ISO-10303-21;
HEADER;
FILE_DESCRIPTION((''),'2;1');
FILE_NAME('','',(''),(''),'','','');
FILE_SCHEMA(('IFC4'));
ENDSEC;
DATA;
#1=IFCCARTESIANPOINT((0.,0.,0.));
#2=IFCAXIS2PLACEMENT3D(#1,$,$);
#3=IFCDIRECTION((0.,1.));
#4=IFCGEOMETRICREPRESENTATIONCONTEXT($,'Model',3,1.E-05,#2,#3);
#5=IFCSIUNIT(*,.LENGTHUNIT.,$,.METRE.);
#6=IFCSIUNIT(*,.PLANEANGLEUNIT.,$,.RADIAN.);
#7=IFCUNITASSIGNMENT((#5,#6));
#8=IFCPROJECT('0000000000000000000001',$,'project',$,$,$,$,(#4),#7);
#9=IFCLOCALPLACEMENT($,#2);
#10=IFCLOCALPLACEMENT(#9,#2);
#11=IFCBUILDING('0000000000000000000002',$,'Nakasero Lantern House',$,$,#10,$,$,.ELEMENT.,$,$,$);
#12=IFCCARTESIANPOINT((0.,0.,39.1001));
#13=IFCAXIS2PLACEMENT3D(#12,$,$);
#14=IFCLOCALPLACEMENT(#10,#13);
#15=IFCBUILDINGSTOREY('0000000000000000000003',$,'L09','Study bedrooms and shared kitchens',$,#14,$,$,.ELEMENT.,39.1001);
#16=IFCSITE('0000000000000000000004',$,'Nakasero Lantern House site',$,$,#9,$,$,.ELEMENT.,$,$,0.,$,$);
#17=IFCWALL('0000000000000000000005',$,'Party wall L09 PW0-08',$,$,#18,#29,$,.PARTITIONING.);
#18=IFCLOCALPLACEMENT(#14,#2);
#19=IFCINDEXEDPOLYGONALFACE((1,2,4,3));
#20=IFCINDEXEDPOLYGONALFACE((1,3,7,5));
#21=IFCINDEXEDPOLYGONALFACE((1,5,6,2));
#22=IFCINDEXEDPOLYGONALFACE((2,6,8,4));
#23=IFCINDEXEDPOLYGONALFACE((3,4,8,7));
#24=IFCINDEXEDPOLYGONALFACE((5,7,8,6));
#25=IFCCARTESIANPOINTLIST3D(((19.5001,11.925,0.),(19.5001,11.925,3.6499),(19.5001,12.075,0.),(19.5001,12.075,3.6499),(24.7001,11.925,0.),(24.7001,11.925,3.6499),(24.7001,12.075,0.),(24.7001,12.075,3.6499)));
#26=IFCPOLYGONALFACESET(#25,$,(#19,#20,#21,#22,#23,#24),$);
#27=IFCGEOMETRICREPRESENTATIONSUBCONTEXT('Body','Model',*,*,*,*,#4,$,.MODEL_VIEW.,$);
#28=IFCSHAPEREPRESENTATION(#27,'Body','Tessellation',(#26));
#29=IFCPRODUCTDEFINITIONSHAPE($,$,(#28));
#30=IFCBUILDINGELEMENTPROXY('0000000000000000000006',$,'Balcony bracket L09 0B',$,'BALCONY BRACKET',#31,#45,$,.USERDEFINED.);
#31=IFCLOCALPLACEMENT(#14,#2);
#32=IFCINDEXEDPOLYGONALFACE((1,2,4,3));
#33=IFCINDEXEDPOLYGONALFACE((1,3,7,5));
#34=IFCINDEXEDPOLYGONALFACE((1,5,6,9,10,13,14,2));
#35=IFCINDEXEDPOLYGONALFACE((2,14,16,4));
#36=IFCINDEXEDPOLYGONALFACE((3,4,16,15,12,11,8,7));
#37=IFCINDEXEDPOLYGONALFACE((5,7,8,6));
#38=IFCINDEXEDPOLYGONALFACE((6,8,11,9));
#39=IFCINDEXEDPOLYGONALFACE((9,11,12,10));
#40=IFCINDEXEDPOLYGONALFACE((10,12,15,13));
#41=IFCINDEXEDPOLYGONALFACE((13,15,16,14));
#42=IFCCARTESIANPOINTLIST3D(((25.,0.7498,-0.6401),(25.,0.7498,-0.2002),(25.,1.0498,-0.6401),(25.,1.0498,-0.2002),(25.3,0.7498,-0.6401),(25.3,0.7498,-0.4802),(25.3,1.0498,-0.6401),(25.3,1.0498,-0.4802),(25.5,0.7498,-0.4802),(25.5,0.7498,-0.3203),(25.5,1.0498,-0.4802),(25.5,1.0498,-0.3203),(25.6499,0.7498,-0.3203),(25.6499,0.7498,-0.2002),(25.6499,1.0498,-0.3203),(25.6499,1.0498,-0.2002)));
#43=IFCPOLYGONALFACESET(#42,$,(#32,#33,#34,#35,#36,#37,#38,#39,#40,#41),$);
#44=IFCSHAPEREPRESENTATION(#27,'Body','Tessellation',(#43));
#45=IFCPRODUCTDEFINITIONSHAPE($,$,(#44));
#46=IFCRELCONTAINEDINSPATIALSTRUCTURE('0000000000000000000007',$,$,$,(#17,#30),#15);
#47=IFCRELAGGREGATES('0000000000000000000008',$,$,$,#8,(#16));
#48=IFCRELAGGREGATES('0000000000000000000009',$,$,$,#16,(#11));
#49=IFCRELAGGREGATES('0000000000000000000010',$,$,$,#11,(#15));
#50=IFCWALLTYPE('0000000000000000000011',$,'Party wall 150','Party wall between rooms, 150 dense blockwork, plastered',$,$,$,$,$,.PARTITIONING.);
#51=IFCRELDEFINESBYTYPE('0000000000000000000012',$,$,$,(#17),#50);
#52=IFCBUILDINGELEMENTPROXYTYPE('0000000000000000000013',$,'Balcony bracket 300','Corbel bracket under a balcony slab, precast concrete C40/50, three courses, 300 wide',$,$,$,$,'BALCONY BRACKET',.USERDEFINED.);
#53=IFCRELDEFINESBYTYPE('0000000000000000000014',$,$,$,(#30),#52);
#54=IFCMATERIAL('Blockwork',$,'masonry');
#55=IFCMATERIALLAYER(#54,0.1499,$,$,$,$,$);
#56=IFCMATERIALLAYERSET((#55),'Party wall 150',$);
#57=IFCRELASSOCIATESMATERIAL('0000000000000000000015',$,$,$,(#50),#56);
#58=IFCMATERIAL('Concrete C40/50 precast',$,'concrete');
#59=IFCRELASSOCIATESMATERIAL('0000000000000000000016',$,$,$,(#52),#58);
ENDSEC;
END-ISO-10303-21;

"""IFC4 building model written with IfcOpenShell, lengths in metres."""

from ifc_helpers import new_model, si_unit, direction, frame, frame_2d, origin, place, context, subcontext, project, spatial, polyline, rectangle, outline, extrude, material, layer, layer_set, type_object, element, save


model = new_model("IFC4")

# Units and contexts
model_context = context("Model", 3, precision=1e-05, world=origin(), true_north=direction((0.0, 1.0)))
body_context = subcontext(model_context, "Body", "Model", "MODEL_VIEW")
ifc_project = project(units=[si_unit("LENGTHUNIT", "METRE"), si_unit("PLANEANGLEUNIT", "RADIAN")], contexts=[model_context])

# Site, building, storey
site_placement = place(None, origin())
site = spatial("IfcSite", under=ifc_project, at=site_placement, Name="Nakasero Lantern House site", CompositionType="ELEMENT", RefElevation=0.0)
building_placement = place(site_placement, origin())
building = spatial("IfcBuilding", under=site, at=building_placement, Name="Nakasero Lantern House", CompositionType="ELEMENT")
storey_placement = place(building_placement, frame((0.0, 0.0, 39.1001)))
storey = spatial("IfcBuildingStorey", under=building, at=storey_placement, Name="L09", Description="Study bedrooms and shared kitchens", CompositionType="ELEMENT", Elevation=39.1001)

# Wall
ifc_material_1 = material(Name="Blockwork", Category="masonry")
ifc_layer_1 = layer(ifc_material_1, 0.1499)
ifc_layer_set_1 = layer_set([ifc_layer_1], Name="Party wall 150")
wall_type_1 = type_object("IfcWallType", Name="Party wall 150", Description="Party wall between rooms, 150 dense blockwork, plastered", PredefinedType="PARTITIONING", material=ifc_layer_set_1)
for number, where, z_axis, x_axis, name in (
    (1, (19.5, 12.0, 0.0), (0.0, 0.0, 1.0), (1.0, 0.0, 0.0), "Party wall L09 PW0-08"),
):
    element("IfcWall", number, at=place(storey_placement, frame(where, z_axis=z_axis, x_axis=x_axis)), inside=storey, type_object=wall_type_1, Name=name, PredefinedType="PARTITIONING", context=body_context, shape_type="SweptSolid", body=[
        extrude(rectangle(XDim=5.2, YDim=0.1499, at=frame_2d((2.6001, 0.0))), origin(), (0.0, 0.0, 1.0), 3.6499),
    ])

# Building element proxy
ifc_material_2 = material(Name="Concrete C40/50 precast", Category="concrete")
building_element_proxy_type = type_object("IfcBuildingElementProxyType", Name="Balcony bracket 300", Description="Corbel bracket under a balcony slab, precast concrete C40/50, three courses, 300 wide", ElementType="BALCONY BRACKET", PredefinedType="USERDEFINED", material=ifc_material_2)
proxy_placement = place(storey_placement, frame((25.0, 0.8999, -0.2002), z_axis=(0.0, 0.0, 1.0), x_axis=(1.0, 0.0, 0.0)))
element("IfcBuildingElementProxy", 2, at=proxy_placement, inside=storey, type_object=building_element_proxy_type, Name="Balcony bracket L09 0B", ObjectType="BALCONY BRACKET", PredefinedType="USERDEFINED", context=body_context, shape_type="SweptSolid", body=[
    extrude(outline(polyline([(0.0, 0.0), (0.6499, 0.0), (0.6499, -0.1201), (0.5, -0.1201), (0.5, -0.28), (0.3, -0.28), (0.3, -0.4399), (0.0, -0.4399), (0.0, 0.0)])), frame((0.0, 0.1499, 0.0), z_axis=(0.0, -1.0, 0.0), x_axis=(1.0, 0.0, 0.0)), (0.0, 0.0, 1.0), 0.3),
])

save(model, "model.ifc")
